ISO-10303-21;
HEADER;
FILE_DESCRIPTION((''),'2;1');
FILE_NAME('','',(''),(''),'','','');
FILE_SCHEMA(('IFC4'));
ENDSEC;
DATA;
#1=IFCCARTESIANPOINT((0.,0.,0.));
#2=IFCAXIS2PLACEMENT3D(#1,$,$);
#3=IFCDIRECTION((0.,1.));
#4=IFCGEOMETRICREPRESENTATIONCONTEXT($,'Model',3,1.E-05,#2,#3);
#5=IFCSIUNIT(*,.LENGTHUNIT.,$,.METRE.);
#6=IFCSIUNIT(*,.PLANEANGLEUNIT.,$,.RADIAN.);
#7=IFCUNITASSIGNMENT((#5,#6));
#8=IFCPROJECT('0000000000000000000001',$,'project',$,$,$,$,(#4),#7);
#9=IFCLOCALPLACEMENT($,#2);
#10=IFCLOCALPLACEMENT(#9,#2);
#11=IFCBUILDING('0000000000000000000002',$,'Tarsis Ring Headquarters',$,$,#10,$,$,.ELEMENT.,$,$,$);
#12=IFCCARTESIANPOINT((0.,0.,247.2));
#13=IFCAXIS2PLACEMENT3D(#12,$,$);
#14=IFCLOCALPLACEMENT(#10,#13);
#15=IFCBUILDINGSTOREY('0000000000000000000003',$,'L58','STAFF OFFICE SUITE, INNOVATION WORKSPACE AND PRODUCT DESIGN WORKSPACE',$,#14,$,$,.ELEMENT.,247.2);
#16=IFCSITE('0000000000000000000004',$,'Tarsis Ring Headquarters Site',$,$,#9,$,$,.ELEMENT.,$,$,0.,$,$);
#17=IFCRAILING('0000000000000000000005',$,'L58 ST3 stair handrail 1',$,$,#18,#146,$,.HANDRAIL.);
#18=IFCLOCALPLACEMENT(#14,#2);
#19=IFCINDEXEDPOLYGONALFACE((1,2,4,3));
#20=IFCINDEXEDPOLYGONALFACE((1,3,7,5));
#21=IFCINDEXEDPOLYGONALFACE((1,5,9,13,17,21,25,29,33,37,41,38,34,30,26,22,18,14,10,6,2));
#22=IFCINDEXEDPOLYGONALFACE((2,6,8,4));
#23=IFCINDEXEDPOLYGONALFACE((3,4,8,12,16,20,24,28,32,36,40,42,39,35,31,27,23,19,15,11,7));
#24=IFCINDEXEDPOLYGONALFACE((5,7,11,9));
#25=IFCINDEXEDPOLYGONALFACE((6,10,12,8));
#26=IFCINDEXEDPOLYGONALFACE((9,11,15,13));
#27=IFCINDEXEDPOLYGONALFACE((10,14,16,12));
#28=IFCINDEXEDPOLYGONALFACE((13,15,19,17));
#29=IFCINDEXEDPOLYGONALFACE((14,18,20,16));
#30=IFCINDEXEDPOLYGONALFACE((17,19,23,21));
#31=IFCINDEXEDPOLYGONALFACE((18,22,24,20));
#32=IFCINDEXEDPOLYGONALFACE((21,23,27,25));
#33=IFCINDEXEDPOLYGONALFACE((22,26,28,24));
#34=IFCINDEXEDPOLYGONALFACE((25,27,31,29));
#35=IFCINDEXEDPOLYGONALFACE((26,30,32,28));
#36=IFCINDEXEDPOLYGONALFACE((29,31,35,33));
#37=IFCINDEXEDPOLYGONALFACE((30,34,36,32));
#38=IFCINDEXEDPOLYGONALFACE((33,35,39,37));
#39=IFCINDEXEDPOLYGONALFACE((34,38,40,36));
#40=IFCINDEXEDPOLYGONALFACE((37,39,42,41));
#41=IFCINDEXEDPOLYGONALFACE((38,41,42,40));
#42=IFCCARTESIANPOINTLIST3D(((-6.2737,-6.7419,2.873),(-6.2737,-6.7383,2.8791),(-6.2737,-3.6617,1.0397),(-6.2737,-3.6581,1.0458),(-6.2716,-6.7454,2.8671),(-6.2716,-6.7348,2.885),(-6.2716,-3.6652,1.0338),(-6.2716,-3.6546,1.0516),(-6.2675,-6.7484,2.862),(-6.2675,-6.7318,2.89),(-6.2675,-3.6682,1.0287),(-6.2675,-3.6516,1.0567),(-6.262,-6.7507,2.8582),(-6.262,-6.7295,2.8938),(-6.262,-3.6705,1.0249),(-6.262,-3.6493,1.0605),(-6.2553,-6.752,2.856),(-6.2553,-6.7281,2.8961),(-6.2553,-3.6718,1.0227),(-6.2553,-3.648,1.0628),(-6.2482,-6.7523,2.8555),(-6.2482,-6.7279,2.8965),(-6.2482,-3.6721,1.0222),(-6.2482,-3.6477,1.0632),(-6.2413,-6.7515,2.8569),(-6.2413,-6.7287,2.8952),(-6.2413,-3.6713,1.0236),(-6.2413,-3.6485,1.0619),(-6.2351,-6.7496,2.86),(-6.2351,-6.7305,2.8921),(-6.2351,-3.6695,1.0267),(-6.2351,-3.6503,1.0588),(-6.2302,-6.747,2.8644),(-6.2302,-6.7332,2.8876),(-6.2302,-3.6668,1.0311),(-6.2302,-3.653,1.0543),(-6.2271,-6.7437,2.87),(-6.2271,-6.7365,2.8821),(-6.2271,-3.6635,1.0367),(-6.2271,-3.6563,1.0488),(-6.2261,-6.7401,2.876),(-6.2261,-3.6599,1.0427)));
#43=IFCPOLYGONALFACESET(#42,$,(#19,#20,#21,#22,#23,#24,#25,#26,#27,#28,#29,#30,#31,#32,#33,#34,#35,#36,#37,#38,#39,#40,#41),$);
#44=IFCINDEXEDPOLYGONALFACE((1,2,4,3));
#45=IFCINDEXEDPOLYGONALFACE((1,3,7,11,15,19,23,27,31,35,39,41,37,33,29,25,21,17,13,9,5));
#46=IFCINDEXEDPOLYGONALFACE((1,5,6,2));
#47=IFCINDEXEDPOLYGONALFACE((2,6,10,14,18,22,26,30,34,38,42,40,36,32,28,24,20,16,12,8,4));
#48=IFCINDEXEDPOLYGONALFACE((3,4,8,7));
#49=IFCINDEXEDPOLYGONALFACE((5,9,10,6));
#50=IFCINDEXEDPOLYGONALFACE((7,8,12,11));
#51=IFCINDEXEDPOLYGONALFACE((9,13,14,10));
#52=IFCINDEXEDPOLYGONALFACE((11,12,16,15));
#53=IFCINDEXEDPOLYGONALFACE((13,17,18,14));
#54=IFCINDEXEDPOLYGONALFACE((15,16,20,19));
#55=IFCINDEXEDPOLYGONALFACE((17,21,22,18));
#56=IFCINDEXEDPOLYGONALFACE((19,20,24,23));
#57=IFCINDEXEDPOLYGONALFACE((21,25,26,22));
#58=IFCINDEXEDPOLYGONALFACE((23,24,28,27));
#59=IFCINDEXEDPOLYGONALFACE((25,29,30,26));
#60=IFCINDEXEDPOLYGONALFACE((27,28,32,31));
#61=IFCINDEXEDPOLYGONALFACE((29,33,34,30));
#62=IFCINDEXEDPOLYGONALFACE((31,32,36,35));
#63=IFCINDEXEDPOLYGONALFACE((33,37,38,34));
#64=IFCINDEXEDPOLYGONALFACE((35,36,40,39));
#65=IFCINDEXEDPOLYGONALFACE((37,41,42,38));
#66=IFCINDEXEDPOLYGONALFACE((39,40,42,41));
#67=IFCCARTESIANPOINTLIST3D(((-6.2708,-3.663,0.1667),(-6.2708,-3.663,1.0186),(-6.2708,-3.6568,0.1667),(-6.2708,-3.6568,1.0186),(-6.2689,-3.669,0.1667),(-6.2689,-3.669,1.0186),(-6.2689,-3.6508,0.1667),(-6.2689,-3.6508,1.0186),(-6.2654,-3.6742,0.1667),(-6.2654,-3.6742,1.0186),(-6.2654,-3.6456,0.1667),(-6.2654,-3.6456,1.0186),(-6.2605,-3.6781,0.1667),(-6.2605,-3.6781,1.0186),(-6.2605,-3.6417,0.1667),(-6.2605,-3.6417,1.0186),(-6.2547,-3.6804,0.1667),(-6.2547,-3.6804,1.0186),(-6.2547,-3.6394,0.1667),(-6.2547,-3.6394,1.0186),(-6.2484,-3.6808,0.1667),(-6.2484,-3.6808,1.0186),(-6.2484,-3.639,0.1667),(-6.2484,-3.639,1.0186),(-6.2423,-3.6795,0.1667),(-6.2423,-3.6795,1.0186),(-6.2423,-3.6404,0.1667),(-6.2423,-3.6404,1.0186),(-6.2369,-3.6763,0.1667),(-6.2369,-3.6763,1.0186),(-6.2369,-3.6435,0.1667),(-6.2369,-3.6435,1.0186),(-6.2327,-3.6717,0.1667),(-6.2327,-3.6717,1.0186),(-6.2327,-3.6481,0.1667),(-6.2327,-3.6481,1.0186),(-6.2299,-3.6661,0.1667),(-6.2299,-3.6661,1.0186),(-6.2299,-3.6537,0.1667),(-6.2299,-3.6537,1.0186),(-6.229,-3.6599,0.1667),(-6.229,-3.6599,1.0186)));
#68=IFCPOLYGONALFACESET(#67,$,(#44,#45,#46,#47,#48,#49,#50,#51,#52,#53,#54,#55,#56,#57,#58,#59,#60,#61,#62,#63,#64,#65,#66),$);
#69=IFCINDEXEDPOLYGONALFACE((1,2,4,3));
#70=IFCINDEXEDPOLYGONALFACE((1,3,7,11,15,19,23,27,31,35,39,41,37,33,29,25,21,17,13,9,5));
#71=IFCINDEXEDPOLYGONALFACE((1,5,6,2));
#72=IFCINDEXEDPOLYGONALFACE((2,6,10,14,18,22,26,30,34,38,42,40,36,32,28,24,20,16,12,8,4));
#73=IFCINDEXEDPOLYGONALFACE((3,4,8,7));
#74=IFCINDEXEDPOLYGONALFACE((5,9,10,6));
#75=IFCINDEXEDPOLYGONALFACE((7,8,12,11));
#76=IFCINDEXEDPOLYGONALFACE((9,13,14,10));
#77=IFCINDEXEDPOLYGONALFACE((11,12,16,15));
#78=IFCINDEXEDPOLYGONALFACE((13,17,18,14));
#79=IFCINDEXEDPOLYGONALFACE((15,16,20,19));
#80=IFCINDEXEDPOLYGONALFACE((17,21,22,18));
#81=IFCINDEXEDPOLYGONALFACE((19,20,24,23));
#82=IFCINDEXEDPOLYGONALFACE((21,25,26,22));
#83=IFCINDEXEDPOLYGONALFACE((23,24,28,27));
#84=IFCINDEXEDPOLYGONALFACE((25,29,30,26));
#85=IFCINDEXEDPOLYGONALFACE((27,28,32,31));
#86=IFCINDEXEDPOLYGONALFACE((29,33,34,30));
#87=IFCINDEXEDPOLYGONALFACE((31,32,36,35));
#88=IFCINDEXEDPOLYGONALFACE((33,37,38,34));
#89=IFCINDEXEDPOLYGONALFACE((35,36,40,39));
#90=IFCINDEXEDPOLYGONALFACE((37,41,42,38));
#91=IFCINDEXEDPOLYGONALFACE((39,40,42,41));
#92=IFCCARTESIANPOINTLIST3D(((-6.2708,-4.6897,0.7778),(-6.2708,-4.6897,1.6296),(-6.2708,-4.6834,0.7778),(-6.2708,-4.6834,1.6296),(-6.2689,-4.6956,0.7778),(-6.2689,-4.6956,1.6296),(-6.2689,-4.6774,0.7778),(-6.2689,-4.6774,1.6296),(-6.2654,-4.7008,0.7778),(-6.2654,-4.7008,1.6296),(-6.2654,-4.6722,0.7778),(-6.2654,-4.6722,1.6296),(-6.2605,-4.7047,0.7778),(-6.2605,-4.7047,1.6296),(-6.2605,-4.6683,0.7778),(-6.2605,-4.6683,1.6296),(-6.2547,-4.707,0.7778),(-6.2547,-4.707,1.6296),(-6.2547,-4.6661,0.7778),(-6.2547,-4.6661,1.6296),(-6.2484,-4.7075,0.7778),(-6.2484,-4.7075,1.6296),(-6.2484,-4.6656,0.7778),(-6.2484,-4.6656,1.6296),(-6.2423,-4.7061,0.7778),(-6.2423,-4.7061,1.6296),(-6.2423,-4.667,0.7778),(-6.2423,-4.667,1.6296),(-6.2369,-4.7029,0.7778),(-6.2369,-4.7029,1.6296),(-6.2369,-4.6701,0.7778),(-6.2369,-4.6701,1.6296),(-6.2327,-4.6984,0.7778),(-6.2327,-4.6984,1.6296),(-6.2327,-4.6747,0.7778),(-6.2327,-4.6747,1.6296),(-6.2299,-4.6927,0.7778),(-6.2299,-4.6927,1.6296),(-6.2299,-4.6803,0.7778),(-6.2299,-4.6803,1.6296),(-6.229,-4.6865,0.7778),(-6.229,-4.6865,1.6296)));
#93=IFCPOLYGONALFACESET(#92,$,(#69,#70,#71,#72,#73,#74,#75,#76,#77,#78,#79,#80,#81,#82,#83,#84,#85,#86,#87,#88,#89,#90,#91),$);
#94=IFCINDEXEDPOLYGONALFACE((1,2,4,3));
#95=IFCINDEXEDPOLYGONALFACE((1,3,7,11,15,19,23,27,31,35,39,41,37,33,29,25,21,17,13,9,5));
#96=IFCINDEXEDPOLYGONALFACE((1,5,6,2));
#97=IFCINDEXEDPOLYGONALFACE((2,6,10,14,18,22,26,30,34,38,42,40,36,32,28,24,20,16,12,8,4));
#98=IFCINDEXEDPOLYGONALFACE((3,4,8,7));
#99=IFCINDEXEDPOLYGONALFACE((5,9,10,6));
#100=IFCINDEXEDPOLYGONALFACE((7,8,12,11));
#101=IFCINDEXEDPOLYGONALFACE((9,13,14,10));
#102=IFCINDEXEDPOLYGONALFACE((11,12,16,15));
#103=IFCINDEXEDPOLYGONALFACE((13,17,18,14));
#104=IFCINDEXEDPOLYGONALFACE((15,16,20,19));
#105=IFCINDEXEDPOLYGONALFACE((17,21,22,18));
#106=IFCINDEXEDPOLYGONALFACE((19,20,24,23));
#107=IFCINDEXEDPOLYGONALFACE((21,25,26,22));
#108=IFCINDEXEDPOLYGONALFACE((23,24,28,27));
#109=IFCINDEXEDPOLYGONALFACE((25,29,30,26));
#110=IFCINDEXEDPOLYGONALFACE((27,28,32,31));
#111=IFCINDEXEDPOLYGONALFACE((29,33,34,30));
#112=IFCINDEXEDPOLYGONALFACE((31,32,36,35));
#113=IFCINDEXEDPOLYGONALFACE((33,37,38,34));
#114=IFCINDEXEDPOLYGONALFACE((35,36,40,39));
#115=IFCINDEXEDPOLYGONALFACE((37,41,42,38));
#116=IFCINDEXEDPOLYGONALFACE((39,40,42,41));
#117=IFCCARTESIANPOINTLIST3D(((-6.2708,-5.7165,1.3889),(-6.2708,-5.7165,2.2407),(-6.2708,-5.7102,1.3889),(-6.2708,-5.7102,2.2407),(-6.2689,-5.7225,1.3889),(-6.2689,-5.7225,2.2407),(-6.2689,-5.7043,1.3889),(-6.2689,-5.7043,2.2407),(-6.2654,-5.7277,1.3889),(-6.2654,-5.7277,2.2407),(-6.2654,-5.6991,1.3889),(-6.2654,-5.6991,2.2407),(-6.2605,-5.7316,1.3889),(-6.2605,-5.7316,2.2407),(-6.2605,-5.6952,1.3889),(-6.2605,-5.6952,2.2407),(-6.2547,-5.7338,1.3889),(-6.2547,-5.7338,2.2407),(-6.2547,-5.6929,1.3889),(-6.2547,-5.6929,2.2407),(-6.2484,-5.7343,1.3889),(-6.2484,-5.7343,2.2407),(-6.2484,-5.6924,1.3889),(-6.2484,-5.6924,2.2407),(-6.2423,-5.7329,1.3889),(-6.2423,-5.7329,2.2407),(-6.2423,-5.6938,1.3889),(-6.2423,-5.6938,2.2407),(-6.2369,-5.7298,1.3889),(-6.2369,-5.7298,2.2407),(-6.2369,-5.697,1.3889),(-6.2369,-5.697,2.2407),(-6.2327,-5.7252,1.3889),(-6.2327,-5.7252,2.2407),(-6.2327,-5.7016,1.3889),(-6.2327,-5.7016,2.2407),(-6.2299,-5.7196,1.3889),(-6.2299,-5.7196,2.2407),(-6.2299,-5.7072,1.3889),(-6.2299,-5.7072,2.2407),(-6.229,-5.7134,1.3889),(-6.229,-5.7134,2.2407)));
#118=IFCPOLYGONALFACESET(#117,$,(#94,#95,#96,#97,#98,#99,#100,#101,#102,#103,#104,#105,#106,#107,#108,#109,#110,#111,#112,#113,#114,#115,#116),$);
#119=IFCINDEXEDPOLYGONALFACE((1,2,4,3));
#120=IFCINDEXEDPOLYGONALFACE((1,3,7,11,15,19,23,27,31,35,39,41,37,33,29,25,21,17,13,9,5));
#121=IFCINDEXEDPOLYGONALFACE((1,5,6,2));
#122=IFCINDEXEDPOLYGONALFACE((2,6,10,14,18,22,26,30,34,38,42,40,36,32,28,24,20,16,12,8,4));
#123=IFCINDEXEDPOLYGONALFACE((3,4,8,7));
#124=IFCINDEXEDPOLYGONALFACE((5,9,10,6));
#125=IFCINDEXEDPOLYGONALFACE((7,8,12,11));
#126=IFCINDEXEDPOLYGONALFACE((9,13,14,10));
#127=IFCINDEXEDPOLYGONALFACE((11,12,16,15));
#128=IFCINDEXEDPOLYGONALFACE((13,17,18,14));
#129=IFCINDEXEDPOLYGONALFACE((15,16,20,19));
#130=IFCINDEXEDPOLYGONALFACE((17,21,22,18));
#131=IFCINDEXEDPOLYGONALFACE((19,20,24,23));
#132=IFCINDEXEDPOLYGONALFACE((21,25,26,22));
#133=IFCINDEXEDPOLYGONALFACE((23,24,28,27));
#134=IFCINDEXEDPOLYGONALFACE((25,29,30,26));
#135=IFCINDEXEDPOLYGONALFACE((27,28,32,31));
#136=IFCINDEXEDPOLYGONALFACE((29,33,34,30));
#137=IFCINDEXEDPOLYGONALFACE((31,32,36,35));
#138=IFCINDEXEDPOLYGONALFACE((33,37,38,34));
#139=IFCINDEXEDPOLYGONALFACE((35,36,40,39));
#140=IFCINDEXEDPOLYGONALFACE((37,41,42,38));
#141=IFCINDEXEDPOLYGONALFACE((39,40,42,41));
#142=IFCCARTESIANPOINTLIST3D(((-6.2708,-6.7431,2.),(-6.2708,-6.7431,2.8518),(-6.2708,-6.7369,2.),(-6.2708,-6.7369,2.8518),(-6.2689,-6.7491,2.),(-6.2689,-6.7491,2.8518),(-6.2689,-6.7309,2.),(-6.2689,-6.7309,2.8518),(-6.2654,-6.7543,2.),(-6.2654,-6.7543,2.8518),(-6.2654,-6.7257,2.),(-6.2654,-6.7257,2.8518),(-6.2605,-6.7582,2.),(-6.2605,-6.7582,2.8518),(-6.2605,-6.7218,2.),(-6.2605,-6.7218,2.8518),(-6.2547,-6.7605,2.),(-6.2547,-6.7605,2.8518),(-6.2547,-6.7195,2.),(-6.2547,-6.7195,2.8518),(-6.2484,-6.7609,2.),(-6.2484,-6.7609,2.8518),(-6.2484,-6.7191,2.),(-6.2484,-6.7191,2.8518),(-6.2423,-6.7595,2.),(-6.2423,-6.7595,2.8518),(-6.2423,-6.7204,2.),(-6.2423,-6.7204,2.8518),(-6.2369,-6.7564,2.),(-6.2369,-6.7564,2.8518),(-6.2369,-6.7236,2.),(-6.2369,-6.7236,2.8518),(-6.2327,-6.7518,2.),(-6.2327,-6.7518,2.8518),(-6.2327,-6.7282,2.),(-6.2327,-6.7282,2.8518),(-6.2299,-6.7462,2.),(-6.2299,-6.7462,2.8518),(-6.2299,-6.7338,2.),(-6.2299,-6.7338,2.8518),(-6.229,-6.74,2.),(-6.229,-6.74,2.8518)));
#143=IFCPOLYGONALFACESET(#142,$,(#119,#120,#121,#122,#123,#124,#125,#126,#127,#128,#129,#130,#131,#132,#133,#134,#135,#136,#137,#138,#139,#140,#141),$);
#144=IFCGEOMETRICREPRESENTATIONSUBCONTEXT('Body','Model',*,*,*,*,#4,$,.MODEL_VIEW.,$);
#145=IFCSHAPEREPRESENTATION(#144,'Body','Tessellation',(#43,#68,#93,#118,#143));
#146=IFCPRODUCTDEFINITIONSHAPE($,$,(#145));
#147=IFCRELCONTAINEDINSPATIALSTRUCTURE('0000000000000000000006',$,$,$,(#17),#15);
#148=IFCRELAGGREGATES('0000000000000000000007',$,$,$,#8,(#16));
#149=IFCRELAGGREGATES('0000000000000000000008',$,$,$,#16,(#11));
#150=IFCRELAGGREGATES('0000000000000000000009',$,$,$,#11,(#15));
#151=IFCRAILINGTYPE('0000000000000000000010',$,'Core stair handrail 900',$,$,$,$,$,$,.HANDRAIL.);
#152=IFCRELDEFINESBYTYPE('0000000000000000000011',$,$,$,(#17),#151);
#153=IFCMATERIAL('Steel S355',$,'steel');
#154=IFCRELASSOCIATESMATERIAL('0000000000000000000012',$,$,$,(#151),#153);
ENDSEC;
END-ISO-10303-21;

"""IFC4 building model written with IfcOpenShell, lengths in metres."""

from ifc_helpers import new_model, si_unit, direction, frame, origin, origin_2d, place, context, subcontext, project, spatial, circle, extrude, material, type_object, element, save


model = new_model("IFC4")

# Units and contexts
model_context = context("Model", 3, precision=1e-05, world=origin(), true_north=direction((0.0, 1.0)))
body_context = subcontext(model_context, "Body", "Model", "MODEL_VIEW")
ifc_project = project(units=[si_unit("LENGTHUNIT", "METRE"), si_unit("PLANEANGLEUNIT", "RADIAN")], contexts=[model_context])

# Site, building, storey
site_placement = place(None, origin())
site = spatial("IfcSite", under=ifc_project, at=site_placement, Name="Tarsis Ring Headquarters Site", CompositionType="ELEMENT", RefElevation=0.0)
building_placement = place(site_placement, origin())
building = spatial("IfcBuilding", under=site, at=building_placement, Name="Tarsis Ring Headquarters", CompositionType="ELEMENT")
storey_placement = place(building_placement, frame((0.0, 0.0, 247.2)))
storey = spatial("IfcBuildingStorey", under=building, at=storey_placement, Name="L58", Description="STAFF OFFICE SUITE, INNOVATION WORKSPACE AND PRODUCT DESIGN WORKSPACE", CompositionType="ELEMENT", Elevation=247.2)

# Railing
ifc_material_1 = material(Name="Steel S355", Category="steel")
railing_type_1 = type_object("IfcRailingType", Name="Core stair handrail 900", PredefinedType="HANDRAIL", material=ifc_material_1)
for number, where, name in (
    (1, (-6.25, -3.6599, 0.1667), "L58 ST3 stair handrail 1"),
):
    element("IfcRailing", number, at=place(storey_placement, frame(where)), inside=storey, type_object=railing_type_1, Name=name, PredefinedType="HANDRAIL", context=body_context, shape_type="SweptSolid", body=[
        extrude(circle(Radius=0.0239, at=origin_2d()), frame((0.0, 0.0, 0.876), z_axis=(0.0, -0.859309, 0.511458), x_axis=(1.0, 0.0, 0.0)), (0.0, 0.0, 1.0), 3.5845),
        extrude(circle(Radius=0.021, at=origin_2d()), origin(), (0.0, 0.0, 1.0), 0.8518),
        extrude(circle(Radius=0.021, at=origin_2d()), frame((0.0, -1.0266, 0.6111)), (0.0, 0.0, 1.0), 0.8518),
        extrude(circle(Radius=0.021, at=origin_2d()), frame((0.0, -2.0535, 1.2222)), (0.0, 0.0, 1.0), 0.8518),
        extrude(circle(Radius=0.021, at=origin_2d()), frame((0.0, -3.0801, 1.8333)), (0.0, 0.0, 1.0), 0.8518),
    ])

save(model, "model.ifc")
